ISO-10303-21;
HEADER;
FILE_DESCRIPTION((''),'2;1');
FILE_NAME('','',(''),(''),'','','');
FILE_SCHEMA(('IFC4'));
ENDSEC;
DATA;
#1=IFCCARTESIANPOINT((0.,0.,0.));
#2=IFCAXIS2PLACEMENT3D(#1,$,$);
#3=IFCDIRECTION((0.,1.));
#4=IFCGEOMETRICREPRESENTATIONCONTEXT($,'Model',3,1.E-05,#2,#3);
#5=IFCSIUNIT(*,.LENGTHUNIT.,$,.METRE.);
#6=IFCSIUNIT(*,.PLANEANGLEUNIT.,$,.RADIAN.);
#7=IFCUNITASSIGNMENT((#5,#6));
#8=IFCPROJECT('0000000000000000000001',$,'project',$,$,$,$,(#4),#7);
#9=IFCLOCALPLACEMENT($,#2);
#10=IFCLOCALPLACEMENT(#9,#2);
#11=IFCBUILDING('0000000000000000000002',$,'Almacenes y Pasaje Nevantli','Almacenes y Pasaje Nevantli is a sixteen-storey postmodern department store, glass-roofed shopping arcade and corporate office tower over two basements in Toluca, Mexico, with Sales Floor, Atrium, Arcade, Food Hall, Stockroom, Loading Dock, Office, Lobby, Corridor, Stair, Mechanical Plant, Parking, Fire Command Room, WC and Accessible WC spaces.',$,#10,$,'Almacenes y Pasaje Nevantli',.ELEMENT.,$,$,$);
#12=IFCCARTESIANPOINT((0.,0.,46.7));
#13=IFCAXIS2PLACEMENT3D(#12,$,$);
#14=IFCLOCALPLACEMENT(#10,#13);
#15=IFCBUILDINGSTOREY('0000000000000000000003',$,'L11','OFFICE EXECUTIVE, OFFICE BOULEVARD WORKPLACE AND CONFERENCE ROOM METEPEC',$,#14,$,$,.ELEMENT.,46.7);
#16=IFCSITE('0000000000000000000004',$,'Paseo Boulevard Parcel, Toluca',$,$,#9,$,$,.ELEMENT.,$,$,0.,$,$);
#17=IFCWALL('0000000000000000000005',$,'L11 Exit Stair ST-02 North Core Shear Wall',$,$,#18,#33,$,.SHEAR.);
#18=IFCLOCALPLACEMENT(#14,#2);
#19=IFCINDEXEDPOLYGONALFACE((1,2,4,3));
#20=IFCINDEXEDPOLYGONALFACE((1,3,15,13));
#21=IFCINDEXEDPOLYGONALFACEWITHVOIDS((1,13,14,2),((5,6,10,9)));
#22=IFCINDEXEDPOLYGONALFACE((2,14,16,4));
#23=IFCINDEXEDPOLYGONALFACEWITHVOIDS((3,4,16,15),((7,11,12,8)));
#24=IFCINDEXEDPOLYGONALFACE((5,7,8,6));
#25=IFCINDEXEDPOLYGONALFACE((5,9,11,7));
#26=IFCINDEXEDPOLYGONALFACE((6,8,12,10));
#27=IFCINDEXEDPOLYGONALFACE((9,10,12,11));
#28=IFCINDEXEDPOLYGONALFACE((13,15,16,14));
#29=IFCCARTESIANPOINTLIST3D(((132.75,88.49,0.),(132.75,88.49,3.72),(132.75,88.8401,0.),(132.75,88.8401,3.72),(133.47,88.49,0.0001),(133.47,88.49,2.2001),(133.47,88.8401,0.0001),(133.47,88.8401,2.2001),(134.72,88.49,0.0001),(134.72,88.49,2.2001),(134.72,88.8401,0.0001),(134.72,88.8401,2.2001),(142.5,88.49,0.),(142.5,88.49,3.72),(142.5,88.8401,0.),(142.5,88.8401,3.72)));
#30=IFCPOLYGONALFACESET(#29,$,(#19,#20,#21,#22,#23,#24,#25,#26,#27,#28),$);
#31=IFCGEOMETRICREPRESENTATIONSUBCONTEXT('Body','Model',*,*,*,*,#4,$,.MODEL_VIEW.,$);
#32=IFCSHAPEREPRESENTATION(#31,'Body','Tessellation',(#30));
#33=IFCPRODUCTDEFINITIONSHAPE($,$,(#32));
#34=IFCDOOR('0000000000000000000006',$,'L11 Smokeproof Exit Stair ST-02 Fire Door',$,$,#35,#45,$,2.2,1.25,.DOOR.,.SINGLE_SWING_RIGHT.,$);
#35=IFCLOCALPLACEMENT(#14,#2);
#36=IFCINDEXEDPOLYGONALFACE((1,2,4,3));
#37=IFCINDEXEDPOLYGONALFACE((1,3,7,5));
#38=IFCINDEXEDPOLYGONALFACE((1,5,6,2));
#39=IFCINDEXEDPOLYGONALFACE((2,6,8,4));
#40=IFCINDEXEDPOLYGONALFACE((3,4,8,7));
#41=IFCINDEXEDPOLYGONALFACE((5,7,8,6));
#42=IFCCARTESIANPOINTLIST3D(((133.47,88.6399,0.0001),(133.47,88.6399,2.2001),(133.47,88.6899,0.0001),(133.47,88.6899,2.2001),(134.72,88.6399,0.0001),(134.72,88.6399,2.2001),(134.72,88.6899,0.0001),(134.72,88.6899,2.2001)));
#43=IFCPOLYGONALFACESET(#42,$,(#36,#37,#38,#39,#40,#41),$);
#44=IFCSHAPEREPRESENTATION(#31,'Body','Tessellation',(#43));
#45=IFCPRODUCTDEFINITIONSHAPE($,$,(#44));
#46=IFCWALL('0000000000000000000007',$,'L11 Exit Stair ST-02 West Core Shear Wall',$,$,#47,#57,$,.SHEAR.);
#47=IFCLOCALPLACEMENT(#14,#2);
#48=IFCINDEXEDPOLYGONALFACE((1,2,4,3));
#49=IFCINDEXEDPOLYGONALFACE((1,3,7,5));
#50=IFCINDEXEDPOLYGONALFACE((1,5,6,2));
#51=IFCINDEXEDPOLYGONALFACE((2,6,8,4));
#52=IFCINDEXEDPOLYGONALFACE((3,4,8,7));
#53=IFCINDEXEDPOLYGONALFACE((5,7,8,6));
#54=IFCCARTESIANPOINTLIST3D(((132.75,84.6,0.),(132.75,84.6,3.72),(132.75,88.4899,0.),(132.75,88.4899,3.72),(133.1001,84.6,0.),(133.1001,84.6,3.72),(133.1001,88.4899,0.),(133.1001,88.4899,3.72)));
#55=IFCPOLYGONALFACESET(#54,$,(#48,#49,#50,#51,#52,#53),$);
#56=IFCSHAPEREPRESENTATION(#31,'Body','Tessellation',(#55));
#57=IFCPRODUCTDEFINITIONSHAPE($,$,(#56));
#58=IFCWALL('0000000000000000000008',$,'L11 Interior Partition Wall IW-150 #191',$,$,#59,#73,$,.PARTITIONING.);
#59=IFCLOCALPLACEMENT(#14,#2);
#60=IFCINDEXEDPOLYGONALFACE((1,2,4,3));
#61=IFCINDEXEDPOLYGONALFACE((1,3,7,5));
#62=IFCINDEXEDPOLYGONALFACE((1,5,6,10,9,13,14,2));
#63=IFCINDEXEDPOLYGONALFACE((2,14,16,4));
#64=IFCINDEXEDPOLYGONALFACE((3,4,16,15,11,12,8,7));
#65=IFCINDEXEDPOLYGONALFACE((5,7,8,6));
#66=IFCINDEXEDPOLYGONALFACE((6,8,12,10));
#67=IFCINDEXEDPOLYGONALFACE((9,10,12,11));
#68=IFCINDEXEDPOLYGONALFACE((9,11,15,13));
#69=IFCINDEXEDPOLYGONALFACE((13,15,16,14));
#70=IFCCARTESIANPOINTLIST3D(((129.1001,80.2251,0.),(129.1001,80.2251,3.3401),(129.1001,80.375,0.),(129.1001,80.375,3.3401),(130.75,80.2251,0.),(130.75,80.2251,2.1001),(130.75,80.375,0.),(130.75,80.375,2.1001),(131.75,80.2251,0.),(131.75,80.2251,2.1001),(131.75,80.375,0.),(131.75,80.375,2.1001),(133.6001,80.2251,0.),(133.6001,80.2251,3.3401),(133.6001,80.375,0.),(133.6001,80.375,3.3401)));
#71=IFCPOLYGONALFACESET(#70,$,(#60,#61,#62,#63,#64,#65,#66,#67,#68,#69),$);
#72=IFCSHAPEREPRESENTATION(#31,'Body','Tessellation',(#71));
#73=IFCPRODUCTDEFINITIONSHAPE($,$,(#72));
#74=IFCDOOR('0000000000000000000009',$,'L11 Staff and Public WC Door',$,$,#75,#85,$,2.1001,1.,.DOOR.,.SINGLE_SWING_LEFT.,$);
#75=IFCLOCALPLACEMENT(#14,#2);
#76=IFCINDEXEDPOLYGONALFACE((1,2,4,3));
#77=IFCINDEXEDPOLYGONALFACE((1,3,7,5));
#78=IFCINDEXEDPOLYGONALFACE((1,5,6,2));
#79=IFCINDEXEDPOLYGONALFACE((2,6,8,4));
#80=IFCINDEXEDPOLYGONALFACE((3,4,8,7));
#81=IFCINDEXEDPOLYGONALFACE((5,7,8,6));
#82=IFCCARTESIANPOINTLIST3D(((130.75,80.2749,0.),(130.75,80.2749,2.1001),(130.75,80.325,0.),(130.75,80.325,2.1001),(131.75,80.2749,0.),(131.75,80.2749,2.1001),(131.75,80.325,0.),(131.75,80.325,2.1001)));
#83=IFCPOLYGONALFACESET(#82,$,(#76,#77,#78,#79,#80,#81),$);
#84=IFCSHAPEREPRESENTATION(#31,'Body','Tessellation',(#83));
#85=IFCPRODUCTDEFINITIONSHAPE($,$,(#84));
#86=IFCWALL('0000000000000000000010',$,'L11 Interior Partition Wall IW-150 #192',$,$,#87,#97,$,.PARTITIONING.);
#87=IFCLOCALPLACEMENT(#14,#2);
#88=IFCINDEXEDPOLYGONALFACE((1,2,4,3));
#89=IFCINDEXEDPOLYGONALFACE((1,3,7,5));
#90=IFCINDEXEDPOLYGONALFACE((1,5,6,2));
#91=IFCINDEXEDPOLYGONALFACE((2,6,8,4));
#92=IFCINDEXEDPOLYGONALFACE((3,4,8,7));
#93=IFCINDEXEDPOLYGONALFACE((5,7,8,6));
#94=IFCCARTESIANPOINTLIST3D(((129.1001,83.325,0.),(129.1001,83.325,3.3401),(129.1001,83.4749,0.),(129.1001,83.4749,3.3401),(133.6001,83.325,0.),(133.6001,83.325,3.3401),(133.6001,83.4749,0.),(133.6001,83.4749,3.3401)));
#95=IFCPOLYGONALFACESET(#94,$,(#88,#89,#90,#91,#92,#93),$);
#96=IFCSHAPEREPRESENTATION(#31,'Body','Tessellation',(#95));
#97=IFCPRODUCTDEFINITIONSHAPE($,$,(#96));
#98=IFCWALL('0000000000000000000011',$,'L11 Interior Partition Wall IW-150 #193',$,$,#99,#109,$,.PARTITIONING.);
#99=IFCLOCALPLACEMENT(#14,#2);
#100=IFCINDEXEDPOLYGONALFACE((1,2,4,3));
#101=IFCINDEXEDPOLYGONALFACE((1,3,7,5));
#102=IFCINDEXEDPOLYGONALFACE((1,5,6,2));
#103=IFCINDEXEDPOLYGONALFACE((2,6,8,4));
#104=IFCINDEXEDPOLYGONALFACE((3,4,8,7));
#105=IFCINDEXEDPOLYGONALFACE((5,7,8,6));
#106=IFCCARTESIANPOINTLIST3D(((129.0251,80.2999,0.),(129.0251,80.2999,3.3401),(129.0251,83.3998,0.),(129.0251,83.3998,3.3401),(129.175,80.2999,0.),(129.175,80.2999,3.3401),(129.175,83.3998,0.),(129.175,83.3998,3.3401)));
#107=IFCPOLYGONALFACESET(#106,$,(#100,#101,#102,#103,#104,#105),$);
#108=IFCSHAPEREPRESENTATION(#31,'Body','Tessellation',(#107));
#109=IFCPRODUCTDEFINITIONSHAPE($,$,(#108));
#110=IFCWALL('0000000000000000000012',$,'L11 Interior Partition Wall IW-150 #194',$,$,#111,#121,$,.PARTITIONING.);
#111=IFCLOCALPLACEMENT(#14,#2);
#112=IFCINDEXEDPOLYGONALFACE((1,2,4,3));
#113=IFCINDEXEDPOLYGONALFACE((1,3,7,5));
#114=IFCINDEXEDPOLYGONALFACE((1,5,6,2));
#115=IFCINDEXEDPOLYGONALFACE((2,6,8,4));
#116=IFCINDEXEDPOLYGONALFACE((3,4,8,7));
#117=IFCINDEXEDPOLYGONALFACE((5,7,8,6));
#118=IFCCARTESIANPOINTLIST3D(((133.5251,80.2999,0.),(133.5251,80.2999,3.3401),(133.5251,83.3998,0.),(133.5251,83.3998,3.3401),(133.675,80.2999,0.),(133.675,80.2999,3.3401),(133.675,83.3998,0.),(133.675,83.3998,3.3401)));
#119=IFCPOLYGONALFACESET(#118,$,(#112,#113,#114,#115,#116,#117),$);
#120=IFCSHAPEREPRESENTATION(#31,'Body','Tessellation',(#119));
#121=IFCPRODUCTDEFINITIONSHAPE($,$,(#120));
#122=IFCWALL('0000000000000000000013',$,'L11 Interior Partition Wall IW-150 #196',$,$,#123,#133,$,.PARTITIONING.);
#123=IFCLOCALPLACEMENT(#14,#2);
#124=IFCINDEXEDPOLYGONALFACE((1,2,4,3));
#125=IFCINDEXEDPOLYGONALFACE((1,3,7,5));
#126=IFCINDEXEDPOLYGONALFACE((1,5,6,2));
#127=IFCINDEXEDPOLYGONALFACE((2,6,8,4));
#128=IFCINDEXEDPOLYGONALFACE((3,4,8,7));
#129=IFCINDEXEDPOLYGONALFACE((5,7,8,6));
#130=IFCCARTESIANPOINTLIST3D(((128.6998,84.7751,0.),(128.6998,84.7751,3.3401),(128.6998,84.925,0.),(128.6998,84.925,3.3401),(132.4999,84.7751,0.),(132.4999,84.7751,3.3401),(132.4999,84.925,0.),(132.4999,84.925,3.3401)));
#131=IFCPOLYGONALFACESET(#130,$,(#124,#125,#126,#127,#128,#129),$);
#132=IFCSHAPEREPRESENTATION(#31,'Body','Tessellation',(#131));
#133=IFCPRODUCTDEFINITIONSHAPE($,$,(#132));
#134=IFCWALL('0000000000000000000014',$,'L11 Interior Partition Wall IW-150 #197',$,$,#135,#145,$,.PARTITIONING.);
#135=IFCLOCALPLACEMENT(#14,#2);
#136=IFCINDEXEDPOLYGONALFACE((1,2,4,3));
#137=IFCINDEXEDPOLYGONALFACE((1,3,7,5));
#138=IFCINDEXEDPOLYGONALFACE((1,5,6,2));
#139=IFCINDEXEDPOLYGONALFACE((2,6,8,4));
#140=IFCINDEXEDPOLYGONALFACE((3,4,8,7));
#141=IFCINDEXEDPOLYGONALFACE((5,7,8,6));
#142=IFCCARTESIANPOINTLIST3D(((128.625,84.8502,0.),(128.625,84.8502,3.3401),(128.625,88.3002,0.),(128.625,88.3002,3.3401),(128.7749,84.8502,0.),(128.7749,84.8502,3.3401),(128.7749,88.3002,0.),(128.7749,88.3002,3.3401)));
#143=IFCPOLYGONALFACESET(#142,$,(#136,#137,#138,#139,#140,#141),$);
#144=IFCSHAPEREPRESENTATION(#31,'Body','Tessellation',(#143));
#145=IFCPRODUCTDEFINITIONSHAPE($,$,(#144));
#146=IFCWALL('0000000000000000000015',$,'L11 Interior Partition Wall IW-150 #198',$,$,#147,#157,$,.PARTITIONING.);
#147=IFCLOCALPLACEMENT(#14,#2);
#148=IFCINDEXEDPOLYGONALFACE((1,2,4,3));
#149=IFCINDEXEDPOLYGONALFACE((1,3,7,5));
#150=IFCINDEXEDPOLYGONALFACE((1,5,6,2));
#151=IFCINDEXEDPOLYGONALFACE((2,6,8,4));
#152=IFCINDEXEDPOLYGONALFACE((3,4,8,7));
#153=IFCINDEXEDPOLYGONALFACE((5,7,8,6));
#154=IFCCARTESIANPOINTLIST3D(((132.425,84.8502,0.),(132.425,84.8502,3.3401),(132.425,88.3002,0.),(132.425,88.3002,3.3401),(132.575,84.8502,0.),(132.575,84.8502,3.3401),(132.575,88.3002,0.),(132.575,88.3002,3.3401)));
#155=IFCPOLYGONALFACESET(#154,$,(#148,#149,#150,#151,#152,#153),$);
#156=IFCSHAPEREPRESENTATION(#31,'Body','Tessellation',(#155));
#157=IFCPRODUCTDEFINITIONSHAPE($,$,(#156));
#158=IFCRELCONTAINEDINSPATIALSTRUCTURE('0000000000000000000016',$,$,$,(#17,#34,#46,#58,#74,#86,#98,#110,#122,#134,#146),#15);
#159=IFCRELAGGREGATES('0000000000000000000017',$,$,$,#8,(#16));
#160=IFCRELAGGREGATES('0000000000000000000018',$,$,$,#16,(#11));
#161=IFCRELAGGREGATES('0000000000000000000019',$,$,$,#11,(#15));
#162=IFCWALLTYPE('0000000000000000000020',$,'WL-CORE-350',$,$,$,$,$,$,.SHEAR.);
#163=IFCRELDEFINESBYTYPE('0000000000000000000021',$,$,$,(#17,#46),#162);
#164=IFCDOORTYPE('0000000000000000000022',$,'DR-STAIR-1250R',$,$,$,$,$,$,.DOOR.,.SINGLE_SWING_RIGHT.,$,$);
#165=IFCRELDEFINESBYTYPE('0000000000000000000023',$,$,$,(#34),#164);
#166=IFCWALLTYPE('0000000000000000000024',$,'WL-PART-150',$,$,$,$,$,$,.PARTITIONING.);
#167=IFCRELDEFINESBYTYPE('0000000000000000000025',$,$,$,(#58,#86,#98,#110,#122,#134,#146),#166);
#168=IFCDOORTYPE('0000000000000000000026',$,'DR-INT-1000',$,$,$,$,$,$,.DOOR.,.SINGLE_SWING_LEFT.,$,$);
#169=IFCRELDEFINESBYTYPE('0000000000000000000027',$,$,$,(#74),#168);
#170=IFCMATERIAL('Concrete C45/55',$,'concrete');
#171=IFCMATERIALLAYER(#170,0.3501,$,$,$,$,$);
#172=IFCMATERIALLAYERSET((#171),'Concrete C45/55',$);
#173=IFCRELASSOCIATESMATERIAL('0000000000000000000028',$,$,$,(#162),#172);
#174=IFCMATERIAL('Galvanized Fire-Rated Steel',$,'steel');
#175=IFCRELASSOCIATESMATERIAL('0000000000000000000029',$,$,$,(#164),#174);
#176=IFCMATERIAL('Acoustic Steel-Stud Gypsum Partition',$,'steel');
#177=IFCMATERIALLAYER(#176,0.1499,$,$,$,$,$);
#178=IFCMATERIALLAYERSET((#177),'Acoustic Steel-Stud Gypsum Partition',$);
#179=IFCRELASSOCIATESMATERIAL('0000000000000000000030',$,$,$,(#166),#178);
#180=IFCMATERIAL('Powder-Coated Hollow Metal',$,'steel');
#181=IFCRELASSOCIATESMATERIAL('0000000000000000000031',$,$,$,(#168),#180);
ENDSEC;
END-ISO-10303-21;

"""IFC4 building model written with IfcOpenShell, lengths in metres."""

from ifc_helpers import new_model, si_unit, direction, frame, frame_2d, origin, place, context, subcontext, project, spatial, rectangle, extrude, material, layer, layer_set, type_object, element, fill, save


model = new_model("IFC4")

# Units and contexts
model_context = context("Model", 3, precision=1e-05, world=origin(), true_north=direction((0.0, 1.0)))
body_context = subcontext(model_context, "Body", "Model", "MODEL_VIEW")
ifc_project = project(units=[si_unit("LENGTHUNIT", "METRE"), si_unit("PLANEANGLEUNIT", "RADIAN")], contexts=[model_context])

# Site, building, storey
site_placement = place(None, origin())
site = spatial("IfcSite", under=ifc_project, at=site_placement, Name="Paseo Boulevard Parcel, Toluca", CompositionType="ELEMENT", RefElevation=0.0)
building_placement = place(site_placement, origin())
building = spatial("IfcBuilding", under=site, at=building_placement, Name="Almacenes y Pasaje Nevantli", Description="Almacenes y Pasaje Nevantli is a sixteen-storey postmodern department store, glass-roofed shopping arcade and corporate office tower over two basements in Toluca, Mexico, with Sales Floor, Atrium, Arcade, Food Hall, Stockroom, Loading Dock, Office, Lobby, Corridor, Stair, Mechanical Plant, Parking, Fire Command Room, WC and Accessible WC spaces.", LongName="Almacenes y Pasaje Nevantli", CompositionType="ELEMENT")
storey_placement = place(building_placement, frame((0.0, 0.0, 46.7)))
storey = spatial("IfcBuildingStorey", under=building, at=storey_placement, Name="L11", Description="OFFICE EXECUTIVE, OFFICE BOULEVARD WORKPLACE AND CONFERENCE ROOM METEPEC", CompositionType="ELEMENT", Elevation=46.7)

# Shared definitions
ifc_material_1 = material(Name="Concrete C45/55", Category="concrete")
ifc_layer_1 = layer(ifc_material_1, 0.3501)
ifc_layer_set_1 = layer_set([ifc_layer_1], Name="Concrete C45/55")
wall_type_1 = type_object("IfcWallType", Name="WL-CORE-350", PredefinedType="SHEAR", material=ifc_layer_set_1)

# Wall, opening, door
wall_1_placement = place(storey_placement, frame((132.75, 88.665, 0.0), z_axis=(0.0, 0.0, 1.0), x_axis=(1.0, 0.0, 0.0)))
wall_1 = element("IfcWall", 1, at=wall_1_placement, inside=storey, type_object=wall_type_1, Name="L11 Exit Stair ST-02 North Core Shear Wall", PredefinedType="SHEAR", context=body_context, shape_type="SweptSolid", body=[
    extrude(rectangle(XDim=9.75, YDim=0.3501, at=frame_2d((4.875, 0.0))), origin(), (0.0, 0.0, 1.0), 3.72),
])
opening_1_placement = place(wall_1_placement, frame((0.72, 0.0, 0.0)))
opening_1 = element("IfcOpeningElement", 2, at=opening_1_placement, cuts=wall_1, PredefinedType="OPENING", context=body_context, shape_type="SweptSolid", body=[
    extrude(rectangle(XDim=1.25, YDim=2.2, at=frame_2d((0.625, 1.1001))), frame((0.0, 0.1851, 0.0), z_axis=(0.0, -1.0, 0.0), x_axis=(1.0, 0.0, 0.0)), (0.0, 0.0, 1.0), 0.3701),
])
ifc_material_2 = material(Name="Galvanized Fire-Rated Steel", Category="steel")
door_type_1 = type_object("IfcDoorType", Name="DR-STAIR-1250R", OperationType="SINGLE_SWING_RIGHT", PredefinedType="DOOR", material=ifc_material_2)
door_1_placement = place(opening_1_placement, origin())
door_1 = element("IfcDoor", 3, at=door_1_placement, inside=storey, type_object=door_type_1, Name="L11 Smokeproof Exit Stair ST-02 Fire Door", OperationType="SINGLE_SWING_RIGHT", OverallHeight=2.2, OverallWidth=1.25, PredefinedType="DOOR", context=body_context, shape_type="SweptSolid", body=[
    extrude(rectangle(XDim=1.25, YDim=2.2, at=frame_2d((0.625, 1.1001))), frame((0.0, 0.0249, 0.0), z_axis=(0.0, -1.0, 0.0), x_axis=(1.0, 0.0, 0.0)), (0.0, 0.0, 1.0), 0.05),
])
fill(opening_1, door_1)

# Wall
wall_2_placement = place(storey_placement, frame((132.925, 84.6001, 0.0), z_axis=(0.0, 0.0, 1.0), x_axis=(0.0, 1.0, 0.0)))
element("IfcWall", 4, at=wall_2_placement, inside=storey, type_object=wall_type_1, Name="L11 Exit Stair ST-02 West Core Shear Wall", PredefinedType="SHEAR", context=body_context, shape_type="SweptSolid", body=[
    extrude(rectangle(XDim=3.8899, YDim=0.3501, at=frame_2d((1.9448, 0.0))), origin(), (0.0, 0.0, 1.0), 3.72),
])

# Wall, opening, door
ifc_material_3 = material(Name="Acoustic Steel-Stud Gypsum Partition", Category="steel")
ifc_layer_2 = layer(ifc_material_3, 0.1499)
ifc_layer_set_2 = layer_set([ifc_layer_2], Name="Acoustic Steel-Stud Gypsum Partition")
wall_type_2 = type_object("IfcWallType", Name="WL-PART-150", PredefinedType="PARTITIONING", material=ifc_layer_set_2)
wall_3_placement = place(storey_placement, frame((129.1001, 80.3, 0.0), z_axis=(0.0, 0.0, 1.0), x_axis=(1.0, 0.0, 0.0)))
wall_3 = element("IfcWall", 5, at=wall_3_placement, inside=storey, type_object=wall_type_2, Name="L11 Interior Partition Wall IW-150 #191", PredefinedType="PARTITIONING", context=body_context, shape_type="SweptSolid", body=[
    extrude(rectangle(XDim=4.5, YDim=0.1499, at=frame_2d((2.25, 0.0))), origin(), (0.0, 0.0, 1.0), 3.3401),
])
opening_2_placement = place(wall_3_placement, frame((1.6499, 0.0, 0.0)))
opening_2 = element("IfcOpeningElement", 6, at=opening_2_placement, cuts=wall_3, PredefinedType="OPENING", context=body_context, shape_type="SweptSolid", body=[
    extrude(rectangle(XDim=1.0, YDim=2.1001, at=frame_2d((0.5, 1.05))), frame((0.0, 0.085, 0.0), z_axis=(0.0, -1.0, 0.0), x_axis=(1.0, 0.0, 0.0)), (0.0, 0.0, 1.0), 0.1699),
])
ifc_material_4 = material(Name="Powder-Coated Hollow Metal", Category="steel")
door_type_2 = type_object("IfcDoorType", Name="DR-INT-1000", OperationType="SINGLE_SWING_LEFT", PredefinedType="DOOR", material=ifc_material_4)
door_2_placement = place(opening_2_placement, origin())
door_2 = element("IfcDoor", 7, at=door_2_placement, inside=storey, type_object=door_type_2, Name="L11 Staff and Public WC Door", OperationType="SINGLE_SWING_LEFT", OverallHeight=2.1001, OverallWidth=1.0, PredefinedType="DOOR", context=body_context, shape_type="SweptSolid", body=[
    extrude(rectangle(XDim=1.0, YDim=2.1001, at=frame_2d((0.5, 1.05))), frame((0.0, 0.0249, 0.0), z_axis=(0.0, -1.0, 0.0), x_axis=(1.0, 0.0, 0.0)), (0.0, 0.0, 1.0), 0.05),
])
fill(opening_2, door_2)

# Walls
wall_4_placement = place(storey_placement, frame((129.1001, 83.3999, 0.0), z_axis=(0.0, 0.0, 1.0), x_axis=(1.0, 0.0, 0.0)))
element("IfcWall", 8, at=wall_4_placement, inside=storey, type_object=wall_type_2, Name="L11 Interior Partition Wall IW-150 #192", PredefinedType="PARTITIONING", context=body_context, shape_type="SweptSolid", body=[
    extrude(rectangle(XDim=4.5, YDim=0.1499, at=frame_2d((2.25, 0.0))), origin(), (0.0, 0.0, 1.0), 3.3401),
])
for number, where, z_axis, x_axis, name in (
    (9, (129.1001, 80.3, 0.0), (0.0, 0.0, 1.0), (0.0, 1.0, 0.0), "L11 Interior Partition Wall IW-150 #193"),
    (10, (133.6001, 80.3, 0.0), (0.0, 0.0, 1.0), (0.0, 1.0, 0.0), "L11 Interior Partition Wall IW-150 #194"),
):
    element("IfcWall", number, at=place(storey_placement, frame(where, z_axis=z_axis, x_axis=x_axis)), inside=storey, type_object=wall_type_2, Name=name, PredefinedType="PARTITIONING", context=body_context, shape_type="SweptSolid", body=[
        extrude(rectangle(XDim=3.0999, YDim=0.1499, at=frame_2d((1.5498, 0.0))), origin(), (0.0, 0.0, 1.0), 3.3401),
    ])

# Walls
wall_5_placement = place(storey_placement, frame((128.7, 84.8501, 0.0), z_axis=(0.0, 0.0, 1.0), x_axis=(1.0, 0.0, 0.0)))
element("IfcWall", 11, at=wall_5_placement, inside=storey, type_object=wall_type_2, Name="L11 Interior Partition Wall IW-150 #196", PredefinedType="PARTITIONING", context=body_context, shape_type="SweptSolid", body=[
    extrude(rectangle(XDim=3.8, YDim=0.1499, at=frame_2d((1.8999, 0.0))), origin(), (0.0, 0.0, 1.0), 3.3401),
])
for number, where, z_axis, x_axis, name in (
    (12, (128.7, 84.8501, 0.0), (0.0, 0.0, 1.0), (0.0, 1.0, 0.0), "L11 Interior Partition Wall IW-150 #197"),
    (13, (132.5, 84.8501, 0.0), (0.0, 0.0, 1.0), (0.0, 1.0, 0.0), "L11 Interior Partition Wall IW-150 #198"),
):
    element("IfcWall", number, at=place(storey_placement, frame(where, z_axis=z_axis, x_axis=x_axis)), inside=storey, type_object=wall_type_2, Name=name, PredefinedType="PARTITIONING", context=body_context, shape_type="SweptSolid", body=[
        extrude(rectangle(XDim=3.45, YDim=0.1499, at=frame_2d((1.7251, 0.0))), origin(), (0.0, 0.0, 1.0), 3.3401),
    ])

save(model, "model.ifc")
